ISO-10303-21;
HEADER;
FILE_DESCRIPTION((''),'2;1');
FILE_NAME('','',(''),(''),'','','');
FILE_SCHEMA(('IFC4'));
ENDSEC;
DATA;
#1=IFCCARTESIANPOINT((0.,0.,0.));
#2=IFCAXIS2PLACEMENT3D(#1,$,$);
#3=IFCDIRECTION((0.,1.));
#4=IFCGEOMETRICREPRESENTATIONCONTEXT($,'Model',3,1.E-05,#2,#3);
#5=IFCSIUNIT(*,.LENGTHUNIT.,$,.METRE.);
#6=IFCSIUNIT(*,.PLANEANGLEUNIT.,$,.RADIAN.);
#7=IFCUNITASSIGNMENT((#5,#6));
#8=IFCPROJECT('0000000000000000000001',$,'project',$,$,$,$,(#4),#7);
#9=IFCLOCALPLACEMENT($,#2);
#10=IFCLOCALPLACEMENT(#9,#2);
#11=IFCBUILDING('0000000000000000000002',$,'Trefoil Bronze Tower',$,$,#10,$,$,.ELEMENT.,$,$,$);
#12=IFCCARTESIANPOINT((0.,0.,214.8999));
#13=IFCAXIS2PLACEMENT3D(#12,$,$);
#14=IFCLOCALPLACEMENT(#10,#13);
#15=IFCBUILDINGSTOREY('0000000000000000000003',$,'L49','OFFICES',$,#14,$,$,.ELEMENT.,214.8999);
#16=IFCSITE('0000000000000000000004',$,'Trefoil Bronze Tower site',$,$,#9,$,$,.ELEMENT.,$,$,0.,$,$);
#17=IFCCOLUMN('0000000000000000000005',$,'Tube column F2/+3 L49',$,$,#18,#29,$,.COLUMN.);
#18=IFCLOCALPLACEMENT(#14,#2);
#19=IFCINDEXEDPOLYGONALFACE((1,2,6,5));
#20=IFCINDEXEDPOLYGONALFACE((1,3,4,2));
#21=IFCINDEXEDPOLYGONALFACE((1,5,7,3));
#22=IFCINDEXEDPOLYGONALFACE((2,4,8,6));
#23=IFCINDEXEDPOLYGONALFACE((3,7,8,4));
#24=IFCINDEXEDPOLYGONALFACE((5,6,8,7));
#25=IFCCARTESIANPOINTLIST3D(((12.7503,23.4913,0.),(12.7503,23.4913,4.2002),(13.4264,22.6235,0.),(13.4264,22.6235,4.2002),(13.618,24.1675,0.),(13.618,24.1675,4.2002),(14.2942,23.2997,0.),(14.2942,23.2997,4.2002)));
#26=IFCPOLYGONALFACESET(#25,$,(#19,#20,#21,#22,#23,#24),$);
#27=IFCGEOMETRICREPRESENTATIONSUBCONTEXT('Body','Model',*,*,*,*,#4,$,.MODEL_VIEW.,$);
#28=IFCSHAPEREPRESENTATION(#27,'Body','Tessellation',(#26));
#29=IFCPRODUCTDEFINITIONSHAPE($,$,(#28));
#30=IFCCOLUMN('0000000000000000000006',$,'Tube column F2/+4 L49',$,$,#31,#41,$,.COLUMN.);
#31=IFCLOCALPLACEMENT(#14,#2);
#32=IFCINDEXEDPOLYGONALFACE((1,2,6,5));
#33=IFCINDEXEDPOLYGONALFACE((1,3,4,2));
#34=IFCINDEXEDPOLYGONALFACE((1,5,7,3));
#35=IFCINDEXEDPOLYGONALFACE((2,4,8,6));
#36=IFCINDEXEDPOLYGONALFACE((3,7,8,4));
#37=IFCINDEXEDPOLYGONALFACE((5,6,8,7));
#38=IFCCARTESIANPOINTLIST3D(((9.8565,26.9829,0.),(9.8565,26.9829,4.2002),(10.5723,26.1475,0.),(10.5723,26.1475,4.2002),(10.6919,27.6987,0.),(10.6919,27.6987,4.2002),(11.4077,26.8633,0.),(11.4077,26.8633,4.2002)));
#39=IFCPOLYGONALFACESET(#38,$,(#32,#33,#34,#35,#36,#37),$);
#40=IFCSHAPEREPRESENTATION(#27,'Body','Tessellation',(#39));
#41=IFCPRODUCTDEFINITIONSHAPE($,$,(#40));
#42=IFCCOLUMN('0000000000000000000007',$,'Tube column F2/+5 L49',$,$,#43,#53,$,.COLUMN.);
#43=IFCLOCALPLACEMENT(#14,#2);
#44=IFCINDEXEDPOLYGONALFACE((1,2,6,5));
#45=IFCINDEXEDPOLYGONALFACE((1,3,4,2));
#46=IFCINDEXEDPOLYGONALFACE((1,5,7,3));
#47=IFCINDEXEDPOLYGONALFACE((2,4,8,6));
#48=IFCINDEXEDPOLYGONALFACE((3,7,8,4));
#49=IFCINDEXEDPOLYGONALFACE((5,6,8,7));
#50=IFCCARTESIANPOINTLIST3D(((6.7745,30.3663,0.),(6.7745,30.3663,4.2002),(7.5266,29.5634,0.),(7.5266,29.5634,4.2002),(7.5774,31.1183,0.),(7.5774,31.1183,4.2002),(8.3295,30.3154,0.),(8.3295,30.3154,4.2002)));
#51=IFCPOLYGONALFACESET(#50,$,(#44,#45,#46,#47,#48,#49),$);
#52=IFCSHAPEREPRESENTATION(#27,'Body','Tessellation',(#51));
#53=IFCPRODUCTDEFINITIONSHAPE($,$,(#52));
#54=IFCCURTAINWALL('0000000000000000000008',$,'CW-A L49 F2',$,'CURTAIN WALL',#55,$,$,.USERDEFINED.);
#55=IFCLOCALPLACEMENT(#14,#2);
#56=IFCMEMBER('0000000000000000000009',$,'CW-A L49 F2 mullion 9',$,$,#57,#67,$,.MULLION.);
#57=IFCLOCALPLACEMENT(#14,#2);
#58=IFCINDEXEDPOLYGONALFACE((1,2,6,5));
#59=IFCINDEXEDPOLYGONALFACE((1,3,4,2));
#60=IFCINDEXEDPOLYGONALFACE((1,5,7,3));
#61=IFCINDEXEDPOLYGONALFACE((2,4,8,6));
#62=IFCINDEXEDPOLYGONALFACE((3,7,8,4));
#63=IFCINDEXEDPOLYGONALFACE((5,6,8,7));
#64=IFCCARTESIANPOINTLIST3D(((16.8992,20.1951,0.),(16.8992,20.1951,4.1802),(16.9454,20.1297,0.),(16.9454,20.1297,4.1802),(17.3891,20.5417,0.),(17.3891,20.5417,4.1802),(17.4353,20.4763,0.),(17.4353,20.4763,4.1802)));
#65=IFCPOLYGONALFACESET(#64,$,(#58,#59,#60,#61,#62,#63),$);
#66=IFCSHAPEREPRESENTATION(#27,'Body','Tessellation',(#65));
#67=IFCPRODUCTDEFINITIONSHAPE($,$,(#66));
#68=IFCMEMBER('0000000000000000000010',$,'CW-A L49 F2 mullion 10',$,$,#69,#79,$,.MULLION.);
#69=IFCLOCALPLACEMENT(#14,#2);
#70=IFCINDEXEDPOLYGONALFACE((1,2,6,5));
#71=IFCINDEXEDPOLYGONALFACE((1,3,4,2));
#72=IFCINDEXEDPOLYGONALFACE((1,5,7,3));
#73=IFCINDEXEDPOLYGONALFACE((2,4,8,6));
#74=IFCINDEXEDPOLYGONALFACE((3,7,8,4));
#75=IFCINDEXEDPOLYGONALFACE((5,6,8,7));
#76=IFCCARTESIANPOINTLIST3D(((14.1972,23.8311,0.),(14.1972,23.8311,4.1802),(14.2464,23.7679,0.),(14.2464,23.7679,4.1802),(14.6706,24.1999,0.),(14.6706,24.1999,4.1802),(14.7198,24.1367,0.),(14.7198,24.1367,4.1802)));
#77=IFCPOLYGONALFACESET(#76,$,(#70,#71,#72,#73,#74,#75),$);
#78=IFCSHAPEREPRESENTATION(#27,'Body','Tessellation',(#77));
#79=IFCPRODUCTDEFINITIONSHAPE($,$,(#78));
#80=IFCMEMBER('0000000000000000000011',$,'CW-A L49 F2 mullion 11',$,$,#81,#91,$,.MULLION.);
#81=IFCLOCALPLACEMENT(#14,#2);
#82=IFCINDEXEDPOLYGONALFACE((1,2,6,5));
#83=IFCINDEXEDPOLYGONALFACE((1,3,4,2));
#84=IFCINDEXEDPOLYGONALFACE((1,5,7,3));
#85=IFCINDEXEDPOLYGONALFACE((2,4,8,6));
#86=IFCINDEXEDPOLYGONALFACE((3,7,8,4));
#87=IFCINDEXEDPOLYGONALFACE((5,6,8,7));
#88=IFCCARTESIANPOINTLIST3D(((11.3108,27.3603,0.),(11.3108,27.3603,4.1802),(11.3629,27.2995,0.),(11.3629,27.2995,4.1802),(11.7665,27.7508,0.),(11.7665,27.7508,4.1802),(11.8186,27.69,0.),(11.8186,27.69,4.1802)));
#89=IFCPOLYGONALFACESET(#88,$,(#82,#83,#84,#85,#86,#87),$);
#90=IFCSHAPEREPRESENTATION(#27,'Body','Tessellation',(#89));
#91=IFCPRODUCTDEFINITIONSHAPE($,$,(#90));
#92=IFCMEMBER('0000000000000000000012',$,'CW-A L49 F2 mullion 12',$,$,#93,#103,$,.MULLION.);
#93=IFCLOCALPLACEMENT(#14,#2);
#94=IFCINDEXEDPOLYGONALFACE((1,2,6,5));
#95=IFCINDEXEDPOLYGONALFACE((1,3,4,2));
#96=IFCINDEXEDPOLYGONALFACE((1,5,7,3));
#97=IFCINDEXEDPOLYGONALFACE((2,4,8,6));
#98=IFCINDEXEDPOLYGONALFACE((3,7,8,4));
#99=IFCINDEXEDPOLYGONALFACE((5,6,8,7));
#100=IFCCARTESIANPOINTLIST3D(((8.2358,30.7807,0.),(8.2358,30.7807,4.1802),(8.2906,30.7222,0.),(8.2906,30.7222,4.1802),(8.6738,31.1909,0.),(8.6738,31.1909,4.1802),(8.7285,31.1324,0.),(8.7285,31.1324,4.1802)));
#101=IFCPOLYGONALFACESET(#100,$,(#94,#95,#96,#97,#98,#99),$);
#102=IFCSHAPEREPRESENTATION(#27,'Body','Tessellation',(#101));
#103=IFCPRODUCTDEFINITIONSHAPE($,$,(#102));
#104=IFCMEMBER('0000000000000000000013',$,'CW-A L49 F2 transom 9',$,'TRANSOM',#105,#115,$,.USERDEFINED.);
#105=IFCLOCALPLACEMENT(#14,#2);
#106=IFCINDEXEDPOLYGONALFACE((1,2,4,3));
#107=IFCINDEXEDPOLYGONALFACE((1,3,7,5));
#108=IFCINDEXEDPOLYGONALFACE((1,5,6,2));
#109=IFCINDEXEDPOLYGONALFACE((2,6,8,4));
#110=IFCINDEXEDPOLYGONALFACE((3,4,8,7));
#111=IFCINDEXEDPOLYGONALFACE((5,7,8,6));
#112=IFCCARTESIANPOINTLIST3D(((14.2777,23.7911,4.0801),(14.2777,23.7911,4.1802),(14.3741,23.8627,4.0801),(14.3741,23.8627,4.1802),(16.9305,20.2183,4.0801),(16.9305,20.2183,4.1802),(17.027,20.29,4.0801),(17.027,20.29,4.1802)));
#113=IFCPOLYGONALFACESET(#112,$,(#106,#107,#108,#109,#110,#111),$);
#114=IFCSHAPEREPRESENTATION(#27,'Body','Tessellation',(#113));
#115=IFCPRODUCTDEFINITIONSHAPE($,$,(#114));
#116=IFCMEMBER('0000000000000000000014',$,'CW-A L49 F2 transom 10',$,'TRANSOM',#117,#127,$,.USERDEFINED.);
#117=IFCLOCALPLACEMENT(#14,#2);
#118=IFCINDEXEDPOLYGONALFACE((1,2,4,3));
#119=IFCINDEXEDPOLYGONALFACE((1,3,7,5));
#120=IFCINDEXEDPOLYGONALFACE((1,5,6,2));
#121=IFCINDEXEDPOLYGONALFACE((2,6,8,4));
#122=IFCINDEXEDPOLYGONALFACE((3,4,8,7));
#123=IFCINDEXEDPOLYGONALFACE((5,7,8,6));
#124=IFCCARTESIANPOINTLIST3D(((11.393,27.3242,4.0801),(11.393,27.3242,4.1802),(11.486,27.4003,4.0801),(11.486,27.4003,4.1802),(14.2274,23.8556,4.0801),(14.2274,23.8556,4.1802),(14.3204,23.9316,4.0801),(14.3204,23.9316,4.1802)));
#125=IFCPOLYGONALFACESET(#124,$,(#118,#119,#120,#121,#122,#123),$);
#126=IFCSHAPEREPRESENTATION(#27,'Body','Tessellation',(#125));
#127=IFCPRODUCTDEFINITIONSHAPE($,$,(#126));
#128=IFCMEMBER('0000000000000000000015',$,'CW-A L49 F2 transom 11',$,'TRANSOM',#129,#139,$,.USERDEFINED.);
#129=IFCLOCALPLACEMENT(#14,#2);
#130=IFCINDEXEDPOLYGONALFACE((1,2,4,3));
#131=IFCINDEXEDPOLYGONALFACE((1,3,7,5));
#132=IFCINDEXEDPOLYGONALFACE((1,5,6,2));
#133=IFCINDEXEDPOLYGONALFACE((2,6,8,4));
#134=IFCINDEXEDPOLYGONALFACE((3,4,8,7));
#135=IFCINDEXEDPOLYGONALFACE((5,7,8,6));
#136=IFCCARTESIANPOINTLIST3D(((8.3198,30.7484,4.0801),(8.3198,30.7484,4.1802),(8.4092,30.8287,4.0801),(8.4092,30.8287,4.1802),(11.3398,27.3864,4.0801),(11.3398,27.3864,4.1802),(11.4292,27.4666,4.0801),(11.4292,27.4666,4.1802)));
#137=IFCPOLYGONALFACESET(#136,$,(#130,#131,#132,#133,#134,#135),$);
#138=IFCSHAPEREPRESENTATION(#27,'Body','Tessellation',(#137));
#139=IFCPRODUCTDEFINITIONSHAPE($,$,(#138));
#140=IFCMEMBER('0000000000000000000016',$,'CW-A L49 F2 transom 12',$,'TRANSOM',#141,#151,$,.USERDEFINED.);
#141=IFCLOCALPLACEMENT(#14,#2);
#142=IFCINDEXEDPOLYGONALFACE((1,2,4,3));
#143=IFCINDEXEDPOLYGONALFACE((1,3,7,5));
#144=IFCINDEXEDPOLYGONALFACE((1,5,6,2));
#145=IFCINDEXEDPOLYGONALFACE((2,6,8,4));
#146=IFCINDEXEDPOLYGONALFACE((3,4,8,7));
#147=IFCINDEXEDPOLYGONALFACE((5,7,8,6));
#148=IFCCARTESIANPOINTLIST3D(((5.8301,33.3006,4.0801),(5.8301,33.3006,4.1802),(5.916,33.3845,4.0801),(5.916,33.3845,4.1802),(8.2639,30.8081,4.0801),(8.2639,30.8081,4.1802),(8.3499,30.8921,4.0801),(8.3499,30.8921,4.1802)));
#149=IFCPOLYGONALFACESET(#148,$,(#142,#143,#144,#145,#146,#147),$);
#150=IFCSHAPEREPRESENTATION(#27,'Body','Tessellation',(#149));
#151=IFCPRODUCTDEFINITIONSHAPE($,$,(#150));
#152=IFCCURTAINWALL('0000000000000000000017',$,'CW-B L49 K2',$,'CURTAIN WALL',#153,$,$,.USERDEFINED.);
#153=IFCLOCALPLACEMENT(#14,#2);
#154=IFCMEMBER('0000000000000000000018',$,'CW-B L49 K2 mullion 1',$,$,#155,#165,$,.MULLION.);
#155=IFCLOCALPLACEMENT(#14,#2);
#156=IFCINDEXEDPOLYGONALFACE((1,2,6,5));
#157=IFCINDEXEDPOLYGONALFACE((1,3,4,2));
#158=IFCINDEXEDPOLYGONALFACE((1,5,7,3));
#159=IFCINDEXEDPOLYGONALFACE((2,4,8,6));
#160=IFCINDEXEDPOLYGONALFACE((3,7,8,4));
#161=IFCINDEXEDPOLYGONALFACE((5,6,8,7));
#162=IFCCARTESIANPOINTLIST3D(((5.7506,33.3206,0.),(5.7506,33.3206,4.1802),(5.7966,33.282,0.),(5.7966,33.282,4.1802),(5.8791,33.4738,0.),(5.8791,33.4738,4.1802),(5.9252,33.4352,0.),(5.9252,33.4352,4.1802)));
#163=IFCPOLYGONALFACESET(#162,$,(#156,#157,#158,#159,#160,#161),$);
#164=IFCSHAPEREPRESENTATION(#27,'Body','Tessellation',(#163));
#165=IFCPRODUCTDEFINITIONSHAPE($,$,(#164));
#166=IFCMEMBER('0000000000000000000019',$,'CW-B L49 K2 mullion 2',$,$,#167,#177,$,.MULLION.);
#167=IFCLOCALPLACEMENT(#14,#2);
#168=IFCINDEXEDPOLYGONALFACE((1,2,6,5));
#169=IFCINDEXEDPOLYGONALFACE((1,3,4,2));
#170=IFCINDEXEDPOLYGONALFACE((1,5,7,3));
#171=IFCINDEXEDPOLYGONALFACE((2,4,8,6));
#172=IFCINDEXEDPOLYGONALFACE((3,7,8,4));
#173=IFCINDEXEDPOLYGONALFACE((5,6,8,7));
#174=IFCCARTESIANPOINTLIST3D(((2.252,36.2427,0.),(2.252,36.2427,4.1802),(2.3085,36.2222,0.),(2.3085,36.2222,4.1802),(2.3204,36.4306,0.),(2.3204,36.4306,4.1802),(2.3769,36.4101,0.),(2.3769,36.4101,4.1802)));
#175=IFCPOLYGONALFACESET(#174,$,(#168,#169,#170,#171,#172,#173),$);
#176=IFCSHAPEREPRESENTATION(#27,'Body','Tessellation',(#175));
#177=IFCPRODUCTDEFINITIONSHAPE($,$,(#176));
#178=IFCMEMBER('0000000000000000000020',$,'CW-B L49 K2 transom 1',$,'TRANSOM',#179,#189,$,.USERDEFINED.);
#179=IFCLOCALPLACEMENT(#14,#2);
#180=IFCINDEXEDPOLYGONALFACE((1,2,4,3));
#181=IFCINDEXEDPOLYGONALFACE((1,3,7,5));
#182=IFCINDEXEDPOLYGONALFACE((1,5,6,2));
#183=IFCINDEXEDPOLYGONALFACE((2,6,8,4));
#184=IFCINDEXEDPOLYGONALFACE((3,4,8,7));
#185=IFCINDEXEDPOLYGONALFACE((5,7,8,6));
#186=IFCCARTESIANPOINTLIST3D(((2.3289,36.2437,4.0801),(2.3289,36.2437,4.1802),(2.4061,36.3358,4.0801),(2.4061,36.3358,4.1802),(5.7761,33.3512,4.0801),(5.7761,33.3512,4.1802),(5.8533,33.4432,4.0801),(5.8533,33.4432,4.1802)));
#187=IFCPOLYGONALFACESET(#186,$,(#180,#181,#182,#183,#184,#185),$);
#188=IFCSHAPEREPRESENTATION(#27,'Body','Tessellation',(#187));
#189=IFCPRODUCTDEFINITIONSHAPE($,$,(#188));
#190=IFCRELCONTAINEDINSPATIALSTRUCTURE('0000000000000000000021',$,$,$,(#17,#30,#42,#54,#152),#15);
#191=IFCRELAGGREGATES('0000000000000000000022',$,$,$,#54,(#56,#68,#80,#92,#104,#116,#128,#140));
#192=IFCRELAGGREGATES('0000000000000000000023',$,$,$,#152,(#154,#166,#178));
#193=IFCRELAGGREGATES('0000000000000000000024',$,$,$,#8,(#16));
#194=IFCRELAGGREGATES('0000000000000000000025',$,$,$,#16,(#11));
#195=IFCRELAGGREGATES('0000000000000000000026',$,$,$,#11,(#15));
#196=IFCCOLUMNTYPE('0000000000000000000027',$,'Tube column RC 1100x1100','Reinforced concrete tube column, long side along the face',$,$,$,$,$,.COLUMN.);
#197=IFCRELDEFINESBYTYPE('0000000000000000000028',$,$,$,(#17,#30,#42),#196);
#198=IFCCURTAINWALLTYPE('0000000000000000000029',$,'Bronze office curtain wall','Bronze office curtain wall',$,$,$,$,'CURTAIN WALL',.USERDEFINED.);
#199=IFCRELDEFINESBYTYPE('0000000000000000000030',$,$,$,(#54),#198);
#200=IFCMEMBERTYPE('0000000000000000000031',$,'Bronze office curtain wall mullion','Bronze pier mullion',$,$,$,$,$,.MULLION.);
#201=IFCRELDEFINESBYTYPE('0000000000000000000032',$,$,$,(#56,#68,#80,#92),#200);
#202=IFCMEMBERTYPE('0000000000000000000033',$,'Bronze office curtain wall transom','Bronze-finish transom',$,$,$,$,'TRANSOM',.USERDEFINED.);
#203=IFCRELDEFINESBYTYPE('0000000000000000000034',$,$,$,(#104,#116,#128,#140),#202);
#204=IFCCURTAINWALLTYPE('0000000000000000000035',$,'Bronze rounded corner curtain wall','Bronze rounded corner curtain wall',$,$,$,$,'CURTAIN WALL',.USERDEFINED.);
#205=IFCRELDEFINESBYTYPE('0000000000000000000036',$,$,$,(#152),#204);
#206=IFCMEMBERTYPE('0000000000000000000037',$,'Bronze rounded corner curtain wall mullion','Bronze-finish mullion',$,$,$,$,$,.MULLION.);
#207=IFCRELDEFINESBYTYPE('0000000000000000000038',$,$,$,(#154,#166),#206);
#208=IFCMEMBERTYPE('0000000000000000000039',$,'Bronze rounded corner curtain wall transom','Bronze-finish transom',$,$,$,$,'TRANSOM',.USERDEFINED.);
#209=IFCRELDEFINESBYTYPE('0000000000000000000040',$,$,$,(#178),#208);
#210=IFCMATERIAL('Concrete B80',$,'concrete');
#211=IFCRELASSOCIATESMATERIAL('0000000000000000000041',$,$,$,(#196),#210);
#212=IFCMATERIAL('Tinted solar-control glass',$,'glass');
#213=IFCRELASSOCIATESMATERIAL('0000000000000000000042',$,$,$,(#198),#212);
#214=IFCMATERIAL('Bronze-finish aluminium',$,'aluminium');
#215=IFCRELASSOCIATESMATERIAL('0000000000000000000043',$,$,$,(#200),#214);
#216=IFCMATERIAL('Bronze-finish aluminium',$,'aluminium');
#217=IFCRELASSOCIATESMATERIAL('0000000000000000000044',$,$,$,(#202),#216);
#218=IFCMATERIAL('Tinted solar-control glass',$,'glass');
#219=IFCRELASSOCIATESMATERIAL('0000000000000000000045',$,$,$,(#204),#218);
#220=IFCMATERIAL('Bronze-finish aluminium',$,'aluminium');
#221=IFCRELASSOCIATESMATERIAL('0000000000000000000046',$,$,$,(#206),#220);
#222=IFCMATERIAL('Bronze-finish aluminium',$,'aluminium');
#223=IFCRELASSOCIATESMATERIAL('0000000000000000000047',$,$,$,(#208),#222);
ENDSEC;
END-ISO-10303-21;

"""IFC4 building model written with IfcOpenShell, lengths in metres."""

from ifc_helpers import new_model, si_unit, direction, frame, origin, origin_2d, place, context, subcontext, project, spatial, rectangle, extrude, material, material_profile, profile_set, type_object, element, aggregate, save


model = new_model("IFC4")

# Units and contexts
model_context = context("Model", 3, precision=1e-05, world=origin(), true_north=direction((0.0, 1.0)))
body_context = subcontext(model_context, "Body", "Model", "MODEL_VIEW")
ifc_project = project(units=[si_unit("LENGTHUNIT", "METRE"), si_unit("PLANEANGLEUNIT", "RADIAN")], contexts=[model_context])

# Site, building, storey
site_placement = place(None, origin())
site = spatial("IfcSite", under=ifc_project, at=site_placement, Name="Trefoil Bronze Tower site", CompositionType="ELEMENT", RefElevation=0.0)
building_placement = place(site_placement, origin())
building = spatial("IfcBuilding", under=site, at=building_placement, Name="Trefoil Bronze Tower", CompositionType="ELEMENT")
storey_placement = place(building_placement, frame((0.0, 0.0, 214.8999)))
storey = spatial("IfcBuildingStorey", under=building, at=storey_placement, Name="L49", Description="OFFICES", CompositionType="ELEMENT", Elevation=214.8999)

# Columns
ifc_material_1 = material(Name="Concrete B80", Category="concrete")
ifc_material_profile_1 = material_profile(ifc_material_1, rectangle(XDim=1.1001, YDim=1.1001, at=origin_2d()), Name="RC 1100x1100")
ifc_profile_set_1 = profile_set([ifc_material_profile_1], Name="Concrete B80")
column_type = type_object("IfcColumnType", Name="Tube column RC 1100x1100", Description="Reinforced concrete tube column, long side along the face", PredefinedType="COLUMN", material=ifc_profile_set_1)
for number, where, z_axis, x_axis, name in (
    (1, (13.5222, 23.3955, 0.0), (0.0, 0.0, 1.0), (-0.614622, 0.788821, 0.0), "Tube column F2/+3 L49"),
    (2, (10.6321, 26.9231, 0.0), (0.0, 0.0, 1.0), (-0.650677, 0.759355, 0.0), "Tube column F2/+4 L49"),
    (3, (7.552, 30.3408, 0.0), (0.0, 0.0, 1.0), (-0.683597, 0.72986, 0.0), "Tube column F2/+5 L49"),
):
    element("IfcColumn", number, at=place(storey_placement, frame(where, z_axis=z_axis, x_axis=x_axis)), inside=storey, type_object=column_type, Name=name, PredefinedType="COLUMN", context=body_context, shape_type="SweptSolid", body=[
        extrude(rectangle(XDim=1.1001, YDim=1.1001, at=origin_2d()), origin(), (0.0, 0.0, 1.0), 4.2002),
    ])

# Curtain walls, members
ifc_material_2 = material(Name="Tinted solar-control glass", Category="glass")
curtain_wall_type_1 = type_object("IfcCurtainWallType", Name="Bronze office curtain wall", Description="Bronze office curtain wall", ElementType="CURTAIN WALL", PredefinedType="USERDEFINED", material=ifc_material_2)
curtain_wall_1_placement = place(storey_placement, origin())
curtain_wall_1 = element("IfcCurtainWall", 4, at=curtain_wall_1_placement, inside=storey, type_object=curtain_wall_type_1, Name="CW-A L49 F2", ObjectType="CURTAIN WALL", PredefinedType="USERDEFINED")
ifc_material_3 = material(Name="Bronze-finish aluminium", Category="aluminium")
ifc_material_profile_2 = material_profile(ifc_material_3, rectangle(XDim=0.6001, YDim=0.0801, at=origin_2d()), Name="CW-A mullion")
ifc_profile_set_2 = profile_set([ifc_material_profile_2], Name="Bronze-finish aluminium")
member_type_1 = type_object("IfcMemberType", Name="Bronze office curtain wall mullion", Description="Bronze pier mullion", PredefinedType="MULLION", material=ifc_profile_set_2)
member_1_placement = place(storey_placement, frame((17.1672, 20.3357, 0.0), z_axis=(0.0, 0.0, 1.0), x_axis=(-0.816404, -0.577481, 0.0)))
member_1 = element("IfcMember", 5, at=member_1_placement, type_object=member_type_1, Name="CW-A L49 F2 mullion 9", PredefinedType="MULLION", context=body_context, shape_type="SweptSolid", body=[
    extrude(rectangle(XDim=0.6001, YDim=0.0801, at=origin_2d()), origin(), (0.0, 0.0, 1.0), 4.1802),
])
member_2_placement = place(storey_placement, frame((14.4585, 23.9839, 0.0), z_axis=(0.0, 0.0, 1.0), x_axis=(-0.788821, -0.614622, 0.0)))
member_2 = element("IfcMember", 6, at=member_2_placement, type_object=member_type_1, Name="CW-A L49 F2 mullion 10", PredefinedType="MULLION", context=body_context, shape_type="SweptSolid", body=[
    extrude(rectangle(XDim=0.6001, YDim=0.0801, at=origin_2d()), origin(), (0.0, 0.0, 1.0), 4.1802),
])
member_3_placement = place(storey_placement, frame((11.5647, 27.5251, 0.0), z_axis=(0.0, 0.0, 1.0), x_axis=(-0.759355, -0.650677, 0.0)))
member_3 = element("IfcMember", 7, at=member_3_placement, type_object=member_type_1, Name="CW-A L49 F2 mullion 11", PredefinedType="MULLION", context=body_context, shape_type="SweptSolid", body=[
    extrude(rectangle(XDim=0.6001, YDim=0.0801, at=origin_2d()), origin(), (0.0, 0.0, 1.0), 4.1802),
])
member_4_placement = place(storey_placement, frame((8.4822, 30.9565, 0.0), z_axis=(0.0, 0.0, 1.0), x_axis=(-0.72986, -0.683597, 0.0)))
member_4 = element("IfcMember", 8, at=member_4_placement, type_object=member_type_1, Name="CW-A L49 F2 mullion 12", PredefinedType="MULLION", context=body_context, shape_type="SweptSolid", body=[
    extrude(rectangle(XDim=0.6001, YDim=0.0801, at=origin_2d()), origin(), (0.0, 0.0, 1.0), 4.1802),
])
ifc_material_4 = material(Name="Bronze-finish aluminium", Category="aluminium")
ifc_material_profile_3 = material_profile(ifc_material_4, rectangle(XDim=0.1201, YDim=0.1001, at=origin_2d()), Name="CW-A transom")
ifc_profile_set_3 = profile_set([ifc_material_profile_3], Name="Bronze-finish aluminium")
member_type_2 = type_object("IfcMemberType", Name="Bronze office curtain wall transom", Description="Bronze-finish transom", ElementType="TRANSOM", PredefinedType="USERDEFINED", material=ifc_profile_set_3)
member_5_placement = place(storey_placement, frame((16.9788, 20.2542, 4.1301), z_axis=(-0.596148, 0.802874, 0.0), x_axis=(-0.802874, -0.596148, 0.0)))
member_5 = element("IfcMember", 9, at=member_5_placement, type_object=member_type_2, Name="CW-A L49 F2 transom 9", ObjectType="TRANSOM", PredefinedType="USERDEFINED", context=body_context, shape_type="SweptSolid", body=[
    extrude(rectangle(XDim=0.1201, YDim=0.1001, at=origin_2d()), origin(), (0.0, 0.0, 1.0), 4.45),
])
member_6_placement = place(storey_placement, frame((14.2739, 23.8936, 4.1301), z_axis=(-0.632757, 0.774351, 0.0), x_axis=(-0.774351, -0.632757, 0.0)))
member_6 = element("IfcMember", 10, at=member_6_placement, type_object=member_type_2, Name="CW-A L49 F2 transom 10", ObjectType="TRANSOM", PredefinedType="USERDEFINED", context=body_context, shape_type="SweptSolid", body=[
    extrude(rectangle(XDim=0.1201, YDim=0.1001, at=origin_2d()), origin(), (0.0, 0.0, 1.0), 4.4795),
])
member_7_placement = place(storey_placement, frame((11.3845, 27.4265, 4.1301), z_axis=(-0.668251, 0.743936, 0.0), x_axis=(-0.743936, -0.668251, 0.0)))
member_7 = element("IfcMember", 11, at=member_7_placement, type_object=member_type_2, Name="CW-A L49 F2 transom 11", ObjectType="TRANSOM", PredefinedType="USERDEFINED", context=body_context, shape_type="SweptSolid", body=[
    extrude(rectangle(XDim=0.1201, YDim=0.1001, at=origin_2d()), origin(), (0.0, 0.0, 1.0), 4.5193),
])
member_8_placement = place(storey_placement, frame((8.3069, 30.8501, 4.1301), z_axis=(-0.698647, 0.715467, 0.0), x_axis=(-0.715467, -0.698647, 0.0)))
member_8 = element("IfcMember", 12, at=member_8_placement, type_object=member_type_2, Name="CW-A L49 F2 transom 12", ObjectType="TRANSOM", PredefinedType="USERDEFINED", context=body_context, shape_type="SweptSolid", body=[
    extrude(rectangle(XDim=0.1201, YDim=0.1001, at=origin_2d()), origin(), (0.0, 0.0, 1.0), 3.4836),
])
ifc_material_5 = material(Name="Tinted solar-control glass", Category="glass")
curtain_wall_type_2 = type_object("IfcCurtainWallType", Name="Bronze rounded corner curtain wall", Description="Bronze rounded corner curtain wall", ElementType="CURTAIN WALL", PredefinedType="USERDEFINED", material=ifc_material_5)
curtain_wall_2_placement = place(storey_placement, origin())
curtain_wall_2 = element("IfcCurtainWall", 13, at=curtain_wall_2_placement, inside=storey, type_object=curtain_wall_type_2, Name="CW-B L49 K2", ObjectType="CURTAIN WALL", PredefinedType="USERDEFINED")
ifc_material_6 = material(Name="Bronze-finish aluminium", Category="aluminium")
ifc_material_profile_4 = material_profile(ifc_material_6, rectangle(XDim=0.2, YDim=0.0601, at=origin_2d()), Name="CW-B mullion")
ifc_profile_set_4 = profile_set([ifc_material_profile_4], Name="Bronze-finish aluminium")
member_type_3 = type_object("IfcMemberType", Name="Bronze rounded corner curtain wall mullion", Description="Bronze-finish mullion", PredefinedType="MULLION", material=ifc_profile_set_4)
member_9_placement = place(storey_placement, frame((5.8379, 33.3779, 0.0), z_axis=(0.0, 0.0, 1.0), x_axis=(-0.642788, -0.766044, 0.0)))
member_9 = element("IfcMember", 14, at=member_9_placement, type_object=member_type_3, Name="CW-B L49 K2 mullion 1", PredefinedType="MULLION", context=body_context, shape_type="SweptSolid", body=[
    extrude(rectangle(XDim=0.2, YDim=0.0601, at=origin_2d()), origin(), (0.0, 0.0, 1.0), 4.1802),
])
member_10_placement = place(storey_placement, frame((2.3145, 36.3264, 0.0), z_axis=(0.0, 0.0, 1.0), x_axis=(-0.34202, -0.939693, 0.0)))
member_10 = element("IfcMember", 15, at=member_10_placement, type_object=member_type_3, Name="CW-B L49 K2 mullion 2", PredefinedType="MULLION", context=body_context, shape_type="SweptSolid", body=[
    extrude(rectangle(XDim=0.2, YDim=0.0601, at=origin_2d()), origin(), (0.0, 0.0, 1.0), 4.1802),
])
ifc_material_7 = material(Name="Bronze-finish aluminium", Category="aluminium")
ifc_material_profile_5 = material_profile(ifc_material_7, rectangle(XDim=0.1201, YDim=0.1001, at=origin_2d()), Name="CW-B transom")
ifc_profile_set_5 = profile_set([ifc_material_profile_5], Name="Bronze-finish aluminium")
member_type_4 = type_object("IfcMemberType", Name="Bronze rounded corner curtain wall transom", Description="Bronze-finish transom", ElementType="TRANSOM", PredefinedType="USERDEFINED", material=ifc_profile_set_5)
member_11_placement = place(storey_placement, frame((5.8147, 33.3972, 4.1301), z_axis=(-0.766047, 0.642785, 0.0), x_axis=(-0.642785, -0.766047, 0.0)))
member_11 = element("IfcMember", 16, at=member_11_placement, type_object=member_type_4, Name="CW-B L49 K2 transom 1", ObjectType="TRANSOM", PredefinedType="USERDEFINED", context=body_context, shape_type="SweptSolid", body=[
    extrude(rectangle(XDim=0.1201, YDim=0.1001, at=origin_2d()), origin(), (0.0, 0.0, 1.0), 4.5),
])

aggregate(curtain_wall_1, [member_1, member_2, member_3, member_4, member_5, member_6, member_7, member_8])
aggregate(curtain_wall_2, [member_9, member_10, member_11])

save(model, "model.ifc")
